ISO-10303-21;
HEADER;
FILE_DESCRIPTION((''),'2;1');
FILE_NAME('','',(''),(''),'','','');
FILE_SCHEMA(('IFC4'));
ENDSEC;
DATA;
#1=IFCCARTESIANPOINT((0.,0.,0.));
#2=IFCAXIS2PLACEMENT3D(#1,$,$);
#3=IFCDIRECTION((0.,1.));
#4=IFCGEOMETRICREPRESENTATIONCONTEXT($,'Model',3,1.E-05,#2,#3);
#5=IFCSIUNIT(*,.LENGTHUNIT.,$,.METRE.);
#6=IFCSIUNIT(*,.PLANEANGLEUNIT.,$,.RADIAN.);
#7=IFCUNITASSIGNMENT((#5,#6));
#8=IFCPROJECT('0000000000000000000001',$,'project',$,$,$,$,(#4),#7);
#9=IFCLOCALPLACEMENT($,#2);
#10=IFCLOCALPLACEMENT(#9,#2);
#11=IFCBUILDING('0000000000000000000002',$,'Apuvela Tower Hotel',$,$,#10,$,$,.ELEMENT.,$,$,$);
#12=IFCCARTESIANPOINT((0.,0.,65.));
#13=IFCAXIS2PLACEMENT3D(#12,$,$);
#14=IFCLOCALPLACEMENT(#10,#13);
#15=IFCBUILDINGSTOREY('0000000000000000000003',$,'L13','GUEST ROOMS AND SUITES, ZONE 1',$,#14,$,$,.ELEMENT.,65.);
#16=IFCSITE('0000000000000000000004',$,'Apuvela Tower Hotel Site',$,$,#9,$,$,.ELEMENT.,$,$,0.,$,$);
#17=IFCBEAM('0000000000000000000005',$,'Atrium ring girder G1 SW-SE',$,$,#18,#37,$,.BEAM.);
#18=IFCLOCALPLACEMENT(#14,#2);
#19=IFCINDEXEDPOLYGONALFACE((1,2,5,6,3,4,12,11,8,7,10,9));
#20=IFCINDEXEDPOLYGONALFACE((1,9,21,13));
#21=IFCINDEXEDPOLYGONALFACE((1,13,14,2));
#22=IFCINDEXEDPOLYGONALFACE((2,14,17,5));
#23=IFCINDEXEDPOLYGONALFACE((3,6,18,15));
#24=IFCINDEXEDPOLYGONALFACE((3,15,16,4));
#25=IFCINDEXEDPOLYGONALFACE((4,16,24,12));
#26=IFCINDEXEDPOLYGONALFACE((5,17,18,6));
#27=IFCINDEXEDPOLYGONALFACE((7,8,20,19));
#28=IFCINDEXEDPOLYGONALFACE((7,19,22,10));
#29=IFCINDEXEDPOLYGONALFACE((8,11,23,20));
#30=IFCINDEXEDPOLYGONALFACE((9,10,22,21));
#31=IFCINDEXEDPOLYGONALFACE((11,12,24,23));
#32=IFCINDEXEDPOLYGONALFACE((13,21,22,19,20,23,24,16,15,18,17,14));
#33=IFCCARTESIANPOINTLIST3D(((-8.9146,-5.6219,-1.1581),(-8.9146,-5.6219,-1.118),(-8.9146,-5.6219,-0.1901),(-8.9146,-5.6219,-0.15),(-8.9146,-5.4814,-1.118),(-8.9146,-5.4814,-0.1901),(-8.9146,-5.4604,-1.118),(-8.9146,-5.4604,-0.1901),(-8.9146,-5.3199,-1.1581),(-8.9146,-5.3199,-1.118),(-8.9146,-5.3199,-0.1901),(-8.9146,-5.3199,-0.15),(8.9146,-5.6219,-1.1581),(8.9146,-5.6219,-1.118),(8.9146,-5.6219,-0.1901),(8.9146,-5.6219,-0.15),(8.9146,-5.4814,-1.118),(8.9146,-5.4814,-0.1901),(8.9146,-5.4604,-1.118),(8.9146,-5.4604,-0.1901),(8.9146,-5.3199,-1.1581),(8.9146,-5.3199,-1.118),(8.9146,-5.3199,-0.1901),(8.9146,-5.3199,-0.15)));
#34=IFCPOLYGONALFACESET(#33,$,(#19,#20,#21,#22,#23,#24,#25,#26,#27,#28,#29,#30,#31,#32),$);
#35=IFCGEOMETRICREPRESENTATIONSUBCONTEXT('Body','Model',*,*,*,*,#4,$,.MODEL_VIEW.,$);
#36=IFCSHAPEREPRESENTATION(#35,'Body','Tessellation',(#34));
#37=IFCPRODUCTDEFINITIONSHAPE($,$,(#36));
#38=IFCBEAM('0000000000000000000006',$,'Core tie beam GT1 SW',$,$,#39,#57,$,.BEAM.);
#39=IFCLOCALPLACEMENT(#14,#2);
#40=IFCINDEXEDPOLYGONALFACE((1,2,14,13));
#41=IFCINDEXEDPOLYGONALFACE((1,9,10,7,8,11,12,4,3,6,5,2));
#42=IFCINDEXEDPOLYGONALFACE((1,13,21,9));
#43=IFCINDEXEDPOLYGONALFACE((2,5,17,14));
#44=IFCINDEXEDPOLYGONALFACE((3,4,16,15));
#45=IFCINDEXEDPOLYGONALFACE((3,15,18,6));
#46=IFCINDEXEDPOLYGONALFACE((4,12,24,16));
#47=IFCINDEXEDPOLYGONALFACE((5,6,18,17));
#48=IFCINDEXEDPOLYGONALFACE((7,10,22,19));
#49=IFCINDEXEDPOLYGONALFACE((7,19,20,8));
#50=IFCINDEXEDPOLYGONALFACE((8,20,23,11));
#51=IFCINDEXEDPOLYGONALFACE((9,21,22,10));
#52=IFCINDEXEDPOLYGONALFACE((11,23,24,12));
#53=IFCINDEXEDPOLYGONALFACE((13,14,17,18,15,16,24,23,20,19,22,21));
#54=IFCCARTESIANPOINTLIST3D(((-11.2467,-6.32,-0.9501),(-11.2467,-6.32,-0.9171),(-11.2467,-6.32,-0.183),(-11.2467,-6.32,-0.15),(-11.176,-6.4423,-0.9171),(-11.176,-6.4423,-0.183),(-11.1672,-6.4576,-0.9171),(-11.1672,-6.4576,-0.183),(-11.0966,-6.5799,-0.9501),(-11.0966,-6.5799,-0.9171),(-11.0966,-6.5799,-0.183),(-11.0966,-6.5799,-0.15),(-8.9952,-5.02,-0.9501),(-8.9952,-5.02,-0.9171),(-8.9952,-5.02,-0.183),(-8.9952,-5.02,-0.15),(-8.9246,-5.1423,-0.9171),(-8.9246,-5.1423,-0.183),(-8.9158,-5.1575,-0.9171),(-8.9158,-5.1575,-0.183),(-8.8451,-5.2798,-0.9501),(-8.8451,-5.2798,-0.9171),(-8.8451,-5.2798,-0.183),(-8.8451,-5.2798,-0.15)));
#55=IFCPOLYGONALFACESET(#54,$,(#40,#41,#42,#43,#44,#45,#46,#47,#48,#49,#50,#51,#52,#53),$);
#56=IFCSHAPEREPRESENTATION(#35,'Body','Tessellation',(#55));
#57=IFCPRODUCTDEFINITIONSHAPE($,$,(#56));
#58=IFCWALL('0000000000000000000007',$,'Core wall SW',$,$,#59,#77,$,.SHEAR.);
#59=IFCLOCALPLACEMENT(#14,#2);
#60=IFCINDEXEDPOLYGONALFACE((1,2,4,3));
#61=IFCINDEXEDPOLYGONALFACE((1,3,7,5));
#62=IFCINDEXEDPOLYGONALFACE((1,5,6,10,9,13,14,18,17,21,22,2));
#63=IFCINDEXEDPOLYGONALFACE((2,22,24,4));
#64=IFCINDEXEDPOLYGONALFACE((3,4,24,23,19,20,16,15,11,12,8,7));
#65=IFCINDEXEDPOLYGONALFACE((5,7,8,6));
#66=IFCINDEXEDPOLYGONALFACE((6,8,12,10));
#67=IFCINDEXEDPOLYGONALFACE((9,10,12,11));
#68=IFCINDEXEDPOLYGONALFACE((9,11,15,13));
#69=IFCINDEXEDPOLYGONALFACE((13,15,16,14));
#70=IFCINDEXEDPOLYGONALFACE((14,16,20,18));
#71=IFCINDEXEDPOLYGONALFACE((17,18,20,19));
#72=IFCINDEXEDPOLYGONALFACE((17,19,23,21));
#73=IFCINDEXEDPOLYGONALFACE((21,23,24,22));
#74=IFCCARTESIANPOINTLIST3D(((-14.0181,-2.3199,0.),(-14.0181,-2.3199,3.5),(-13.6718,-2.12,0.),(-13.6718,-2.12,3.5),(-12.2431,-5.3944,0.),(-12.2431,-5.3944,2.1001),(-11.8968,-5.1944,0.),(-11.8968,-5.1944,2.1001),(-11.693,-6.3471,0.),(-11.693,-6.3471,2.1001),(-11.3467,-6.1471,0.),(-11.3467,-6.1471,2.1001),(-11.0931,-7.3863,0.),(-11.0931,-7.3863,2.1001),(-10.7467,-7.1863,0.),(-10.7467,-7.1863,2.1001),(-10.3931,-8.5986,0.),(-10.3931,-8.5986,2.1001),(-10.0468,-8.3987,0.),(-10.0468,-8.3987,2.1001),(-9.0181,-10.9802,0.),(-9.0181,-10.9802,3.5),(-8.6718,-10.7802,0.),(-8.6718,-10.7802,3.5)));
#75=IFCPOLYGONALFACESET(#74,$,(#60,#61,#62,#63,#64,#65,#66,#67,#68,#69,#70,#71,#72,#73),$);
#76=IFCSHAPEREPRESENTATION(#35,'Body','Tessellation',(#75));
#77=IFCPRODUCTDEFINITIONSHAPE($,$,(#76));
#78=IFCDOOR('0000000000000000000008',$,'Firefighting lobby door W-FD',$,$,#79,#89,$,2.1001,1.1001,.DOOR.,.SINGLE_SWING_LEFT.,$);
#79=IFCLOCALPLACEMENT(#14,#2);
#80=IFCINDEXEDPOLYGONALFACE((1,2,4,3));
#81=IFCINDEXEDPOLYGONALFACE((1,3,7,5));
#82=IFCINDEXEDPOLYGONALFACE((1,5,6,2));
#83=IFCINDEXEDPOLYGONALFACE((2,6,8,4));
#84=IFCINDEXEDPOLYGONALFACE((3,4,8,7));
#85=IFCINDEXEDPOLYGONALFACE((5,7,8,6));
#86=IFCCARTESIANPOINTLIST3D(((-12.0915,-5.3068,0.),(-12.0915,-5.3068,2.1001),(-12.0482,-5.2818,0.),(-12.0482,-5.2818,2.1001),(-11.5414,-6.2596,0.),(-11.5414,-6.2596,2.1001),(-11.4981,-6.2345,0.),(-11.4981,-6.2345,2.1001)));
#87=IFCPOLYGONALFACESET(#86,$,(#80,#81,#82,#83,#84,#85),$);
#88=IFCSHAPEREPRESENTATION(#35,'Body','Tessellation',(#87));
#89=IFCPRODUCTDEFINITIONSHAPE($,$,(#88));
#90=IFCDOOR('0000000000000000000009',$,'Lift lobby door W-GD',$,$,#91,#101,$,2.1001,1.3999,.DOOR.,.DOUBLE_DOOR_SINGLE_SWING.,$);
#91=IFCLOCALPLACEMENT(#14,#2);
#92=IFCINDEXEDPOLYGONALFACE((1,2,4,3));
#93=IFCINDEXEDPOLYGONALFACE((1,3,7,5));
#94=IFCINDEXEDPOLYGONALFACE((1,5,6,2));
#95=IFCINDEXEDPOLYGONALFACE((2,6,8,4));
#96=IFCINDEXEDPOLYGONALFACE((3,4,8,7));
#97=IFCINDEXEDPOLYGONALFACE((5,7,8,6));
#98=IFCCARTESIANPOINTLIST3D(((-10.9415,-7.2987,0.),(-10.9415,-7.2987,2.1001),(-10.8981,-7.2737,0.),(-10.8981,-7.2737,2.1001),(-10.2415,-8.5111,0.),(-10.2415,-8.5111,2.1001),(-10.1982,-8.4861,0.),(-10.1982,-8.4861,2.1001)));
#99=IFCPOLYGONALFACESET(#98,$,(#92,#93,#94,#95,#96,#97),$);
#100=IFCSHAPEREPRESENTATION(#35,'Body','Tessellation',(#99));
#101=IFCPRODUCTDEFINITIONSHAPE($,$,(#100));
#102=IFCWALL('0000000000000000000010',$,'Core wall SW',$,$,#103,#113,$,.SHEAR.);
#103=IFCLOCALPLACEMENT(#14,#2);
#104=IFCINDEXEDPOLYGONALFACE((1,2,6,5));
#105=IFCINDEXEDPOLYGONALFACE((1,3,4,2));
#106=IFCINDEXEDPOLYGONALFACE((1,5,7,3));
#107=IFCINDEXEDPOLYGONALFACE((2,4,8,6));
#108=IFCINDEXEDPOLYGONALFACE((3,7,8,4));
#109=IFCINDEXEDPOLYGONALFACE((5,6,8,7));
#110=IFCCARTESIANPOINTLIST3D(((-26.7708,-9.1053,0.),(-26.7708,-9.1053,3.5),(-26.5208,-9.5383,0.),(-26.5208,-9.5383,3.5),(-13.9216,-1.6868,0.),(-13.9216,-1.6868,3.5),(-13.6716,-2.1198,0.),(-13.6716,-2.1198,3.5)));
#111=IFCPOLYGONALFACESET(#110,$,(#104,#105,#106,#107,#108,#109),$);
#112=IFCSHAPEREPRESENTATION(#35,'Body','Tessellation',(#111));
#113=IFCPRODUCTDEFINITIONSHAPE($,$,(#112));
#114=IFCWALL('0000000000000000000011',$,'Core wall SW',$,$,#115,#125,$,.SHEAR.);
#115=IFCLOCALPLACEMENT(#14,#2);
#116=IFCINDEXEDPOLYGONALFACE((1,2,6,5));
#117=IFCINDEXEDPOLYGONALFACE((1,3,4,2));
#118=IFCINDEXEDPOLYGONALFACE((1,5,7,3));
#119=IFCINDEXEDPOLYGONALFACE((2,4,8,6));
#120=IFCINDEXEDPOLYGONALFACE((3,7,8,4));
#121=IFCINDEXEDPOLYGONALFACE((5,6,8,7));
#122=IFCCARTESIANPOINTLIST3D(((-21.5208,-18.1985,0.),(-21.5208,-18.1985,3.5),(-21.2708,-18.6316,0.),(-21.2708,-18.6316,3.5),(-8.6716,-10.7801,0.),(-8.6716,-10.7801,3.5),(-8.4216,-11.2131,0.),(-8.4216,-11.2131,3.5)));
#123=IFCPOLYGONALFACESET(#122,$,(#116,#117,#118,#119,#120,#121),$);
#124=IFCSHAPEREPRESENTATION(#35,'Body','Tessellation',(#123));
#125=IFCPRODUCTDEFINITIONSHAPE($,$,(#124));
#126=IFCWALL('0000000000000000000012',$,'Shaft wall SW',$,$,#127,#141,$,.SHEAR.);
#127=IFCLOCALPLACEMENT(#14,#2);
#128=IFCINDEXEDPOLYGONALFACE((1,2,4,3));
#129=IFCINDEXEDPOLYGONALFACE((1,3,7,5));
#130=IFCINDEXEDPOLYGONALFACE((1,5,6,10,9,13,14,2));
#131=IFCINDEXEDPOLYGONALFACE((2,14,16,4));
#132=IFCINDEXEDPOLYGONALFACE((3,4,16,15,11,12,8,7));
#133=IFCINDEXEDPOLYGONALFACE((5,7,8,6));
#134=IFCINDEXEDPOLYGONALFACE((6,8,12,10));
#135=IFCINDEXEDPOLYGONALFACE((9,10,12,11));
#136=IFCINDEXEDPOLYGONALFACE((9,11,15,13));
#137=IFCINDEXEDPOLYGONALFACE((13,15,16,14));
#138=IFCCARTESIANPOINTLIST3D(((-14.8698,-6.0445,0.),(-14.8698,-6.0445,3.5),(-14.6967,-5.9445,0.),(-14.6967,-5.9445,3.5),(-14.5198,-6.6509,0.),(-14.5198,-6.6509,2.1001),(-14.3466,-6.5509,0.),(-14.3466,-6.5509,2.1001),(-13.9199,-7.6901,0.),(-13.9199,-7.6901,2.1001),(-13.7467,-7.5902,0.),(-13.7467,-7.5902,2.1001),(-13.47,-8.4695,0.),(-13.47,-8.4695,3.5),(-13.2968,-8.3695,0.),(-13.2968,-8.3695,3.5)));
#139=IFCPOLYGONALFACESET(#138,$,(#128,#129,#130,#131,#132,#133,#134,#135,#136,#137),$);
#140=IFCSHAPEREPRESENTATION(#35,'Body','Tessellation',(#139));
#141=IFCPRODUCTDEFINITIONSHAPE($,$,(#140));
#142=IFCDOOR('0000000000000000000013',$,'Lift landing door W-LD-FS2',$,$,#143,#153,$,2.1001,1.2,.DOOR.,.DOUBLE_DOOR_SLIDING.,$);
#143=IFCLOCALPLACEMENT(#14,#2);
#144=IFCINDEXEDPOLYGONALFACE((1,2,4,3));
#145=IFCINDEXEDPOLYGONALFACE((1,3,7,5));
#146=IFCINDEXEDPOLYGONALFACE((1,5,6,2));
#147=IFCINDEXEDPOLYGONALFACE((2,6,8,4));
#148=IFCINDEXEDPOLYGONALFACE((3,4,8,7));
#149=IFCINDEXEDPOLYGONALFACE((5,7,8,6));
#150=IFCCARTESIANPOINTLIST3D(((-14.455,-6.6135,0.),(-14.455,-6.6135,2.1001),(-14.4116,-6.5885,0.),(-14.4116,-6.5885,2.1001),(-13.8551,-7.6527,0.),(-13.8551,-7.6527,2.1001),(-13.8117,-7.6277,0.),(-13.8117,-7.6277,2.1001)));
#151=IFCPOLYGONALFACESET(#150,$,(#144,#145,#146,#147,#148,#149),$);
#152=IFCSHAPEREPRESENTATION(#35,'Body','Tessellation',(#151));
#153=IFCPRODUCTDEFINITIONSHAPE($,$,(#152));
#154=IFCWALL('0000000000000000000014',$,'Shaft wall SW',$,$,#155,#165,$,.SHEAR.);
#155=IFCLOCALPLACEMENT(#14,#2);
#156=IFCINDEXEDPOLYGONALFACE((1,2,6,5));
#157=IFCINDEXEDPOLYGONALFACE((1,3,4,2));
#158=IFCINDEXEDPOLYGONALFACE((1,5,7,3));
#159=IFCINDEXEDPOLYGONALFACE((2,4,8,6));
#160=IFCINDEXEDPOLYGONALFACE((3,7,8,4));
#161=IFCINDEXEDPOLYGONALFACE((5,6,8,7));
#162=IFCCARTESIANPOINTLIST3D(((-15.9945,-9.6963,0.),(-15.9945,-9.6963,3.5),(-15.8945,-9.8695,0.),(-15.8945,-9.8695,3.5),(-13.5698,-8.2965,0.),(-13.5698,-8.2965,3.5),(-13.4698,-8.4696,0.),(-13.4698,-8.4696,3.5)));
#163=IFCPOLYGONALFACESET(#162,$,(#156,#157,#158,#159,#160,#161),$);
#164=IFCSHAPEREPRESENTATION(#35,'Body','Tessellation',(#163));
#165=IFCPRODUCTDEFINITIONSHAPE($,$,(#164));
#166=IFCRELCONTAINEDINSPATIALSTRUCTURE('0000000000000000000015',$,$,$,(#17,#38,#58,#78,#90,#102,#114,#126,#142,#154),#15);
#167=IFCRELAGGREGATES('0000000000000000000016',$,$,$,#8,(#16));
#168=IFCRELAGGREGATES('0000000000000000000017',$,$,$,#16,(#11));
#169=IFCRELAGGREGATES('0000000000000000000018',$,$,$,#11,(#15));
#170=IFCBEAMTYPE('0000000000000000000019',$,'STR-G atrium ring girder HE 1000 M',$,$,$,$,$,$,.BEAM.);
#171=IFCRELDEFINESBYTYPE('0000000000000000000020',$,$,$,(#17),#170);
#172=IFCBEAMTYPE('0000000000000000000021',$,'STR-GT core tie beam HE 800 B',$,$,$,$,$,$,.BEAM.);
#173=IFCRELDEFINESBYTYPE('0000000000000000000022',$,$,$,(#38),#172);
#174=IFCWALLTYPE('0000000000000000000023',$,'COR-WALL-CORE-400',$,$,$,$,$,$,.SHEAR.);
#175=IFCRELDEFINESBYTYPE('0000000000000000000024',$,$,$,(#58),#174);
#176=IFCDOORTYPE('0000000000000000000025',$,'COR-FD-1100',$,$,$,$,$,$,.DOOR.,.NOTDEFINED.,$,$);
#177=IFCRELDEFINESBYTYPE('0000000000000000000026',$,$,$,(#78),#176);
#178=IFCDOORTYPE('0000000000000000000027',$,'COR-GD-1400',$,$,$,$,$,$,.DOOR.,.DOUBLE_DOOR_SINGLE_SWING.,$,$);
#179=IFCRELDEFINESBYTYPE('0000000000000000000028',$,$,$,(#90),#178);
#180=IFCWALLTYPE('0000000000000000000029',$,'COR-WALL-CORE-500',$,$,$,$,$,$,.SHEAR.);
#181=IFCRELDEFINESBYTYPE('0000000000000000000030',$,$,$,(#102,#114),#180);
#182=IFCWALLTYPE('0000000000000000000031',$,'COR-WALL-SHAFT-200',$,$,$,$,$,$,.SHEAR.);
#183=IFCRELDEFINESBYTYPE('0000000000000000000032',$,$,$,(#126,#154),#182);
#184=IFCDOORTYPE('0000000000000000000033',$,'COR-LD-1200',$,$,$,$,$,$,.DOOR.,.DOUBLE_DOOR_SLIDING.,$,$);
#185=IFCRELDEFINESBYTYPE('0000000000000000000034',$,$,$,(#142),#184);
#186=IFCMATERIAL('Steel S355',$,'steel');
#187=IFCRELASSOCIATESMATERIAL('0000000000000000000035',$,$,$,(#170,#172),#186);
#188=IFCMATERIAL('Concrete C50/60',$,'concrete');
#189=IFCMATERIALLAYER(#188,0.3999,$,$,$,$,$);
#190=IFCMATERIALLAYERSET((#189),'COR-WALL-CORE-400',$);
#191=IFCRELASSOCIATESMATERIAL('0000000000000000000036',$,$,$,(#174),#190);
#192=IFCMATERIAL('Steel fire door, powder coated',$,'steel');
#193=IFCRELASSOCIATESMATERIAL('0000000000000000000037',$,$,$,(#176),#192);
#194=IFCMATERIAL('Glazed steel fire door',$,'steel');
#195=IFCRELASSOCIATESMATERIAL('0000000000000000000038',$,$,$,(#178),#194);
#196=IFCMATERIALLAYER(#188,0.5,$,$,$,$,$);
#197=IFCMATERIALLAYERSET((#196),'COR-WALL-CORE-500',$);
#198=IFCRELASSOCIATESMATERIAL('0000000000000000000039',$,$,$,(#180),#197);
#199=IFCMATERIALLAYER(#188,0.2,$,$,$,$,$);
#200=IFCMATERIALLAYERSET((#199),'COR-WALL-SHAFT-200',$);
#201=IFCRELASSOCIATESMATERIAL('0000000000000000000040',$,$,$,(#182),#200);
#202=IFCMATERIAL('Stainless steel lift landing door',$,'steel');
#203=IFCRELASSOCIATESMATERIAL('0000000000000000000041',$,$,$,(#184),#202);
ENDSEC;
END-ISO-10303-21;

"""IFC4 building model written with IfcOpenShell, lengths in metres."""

from ifc_helpers import new_model, si_unit, direction, frame, frame_2d, origin, origin_2d, place, context, subcontext, project, spatial, rectangle, i_section, extrude, material, layer, layer_set, material_profile, profile_set, type_object, element, fill, save


model = new_model("IFC4")

# Units and contexts
model_context = context("Model", 3, precision=1e-05, world=origin(), true_north=direction((0.0, 1.0)))
body_context = subcontext(model_context, "Body", "Model", "MODEL_VIEW")
ifc_project = project(units=[si_unit("LENGTHUNIT", "METRE"), si_unit("PLANEANGLEUNIT", "RADIAN")], contexts=[model_context])

# Site, building, storey
site_placement = place(None, origin())
site = spatial("IfcSite", under=ifc_project, at=site_placement, Name="Apuvela Tower Hotel Site", CompositionType="ELEMENT", RefElevation=0.0)
building_placement = place(site_placement, origin())
building = spatial("IfcBuilding", under=site, at=building_placement, Name="Apuvela Tower Hotel", CompositionType="ELEMENT")
storey_placement = place(building_placement, frame((0.0, 0.0, 65.0)))
storey = spatial("IfcBuildingStorey", under=building, at=storey_placement, Name="L13", Description="GUEST ROOMS AND SUITES, ZONE 1", CompositionType="ELEMENT", Elevation=65.0)

# Beams
ifc_material_1 = material(Name="Steel S355", Category="steel")
ifc_material_profile_1 = material_profile(ifc_material_1, i_section(OverallWidth=0.302, OverallDepth=1.0081, WebThickness=0.021, FlangeThickness=0.04, at=origin_2d()), Name="HE 1000 M")
ifc_profile_set_1 = profile_set([ifc_material_profile_1], Name="Steel S355")
beam_type_1 = type_object("IfcBeamType", Name="STR-G atrium ring girder HE 1000 M", PredefinedType="BEAM", material=ifc_profile_set_1)
beam_1_placement = place(storey_placement, frame((-8.9146, -5.4709, -0.6541), z_axis=(1.0, 0.0, 0.0), x_axis=(0.0, 1.0, 0.0)))
element("IfcBeam", 1, at=beam_1_placement, inside=storey, type_object=beam_type_1, Name="Atrium ring girder G1 SW-SE", PredefinedType="BEAM", context=body_context, shape_type="SweptSolid", body=[
    extrude(i_section(OverallWidth=0.302, OverallDepth=1.0081, WebThickness=0.021, FlangeThickness=0.04, at=origin_2d()), origin(), (0.0, 0.0, 1.0), 17.8291),
])
ifc_material_profile_2 = material_profile(ifc_material_1, i_section(OverallWidth=0.3, OverallDepth=0.8, WebThickness=0.0176, FlangeThickness=0.033, at=origin_2d()), Name="HE 800 B")
ifc_profile_set_2 = profile_set([ifc_material_profile_2], Name="Steel S355")
beam_type_2 = type_object("IfcBeamType", Name="STR-GT core tie beam HE 800 B", PredefinedType="BEAM", material=ifc_profile_set_2)
beam_2_placement = place(storey_placement, frame((-11.1716, -6.45, -0.55), z_axis=(0.865998, 0.500048, 0.0), x_axis=(-0.500048, 0.865998, 0.0)))
element("IfcBeam", 2, at=beam_2_placement, inside=storey, type_object=beam_type_2, Name="Core tie beam GT1 SW", PredefinedType="BEAM", context=body_context, shape_type="SweptSolid", body=[
    extrude(i_section(OverallWidth=0.3, OverallDepth=0.8, WebThickness=0.0176, FlangeThickness=0.033, at=origin_2d()), origin(), (0.0, 0.0, 1.0), 2.5999),
])

# Wall, openings, doors
ifc_material_2 = material(Name="Concrete C50/60", Category="concrete")
ifc_layer_1 = layer(ifc_material_2, 0.3999)
ifc_layer_set_1 = layer_set([ifc_layer_1], Name="COR-WALL-CORE-400")
wall_type_1 = type_object("IfcWallType", Name="COR-WALL-CORE-400", PredefinedType="SHEAR", material=ifc_layer_set_1)
wall_1_placement = place(storey_placement, frame((-13.845, -2.22, 0.0), z_axis=(0.0, 0.0, 1.0), x_axis=(0.500004, -0.866023, 0.0)))
wall_1 = element("IfcWall", 3, at=wall_1_placement, inside=storey, type_object=wall_type_1, Name="Core wall SW", PredefinedType="SHEAR", context=body_context, shape_type="SweptSolid", body=[
    extrude(rectangle(XDim=10.0, YDim=0.3999, at=frame_2d((5.0, 0.0))), origin(), (0.0, 0.0, 1.0), 3.5),
])
opening_1_placement = place(wall_1_placement, frame((3.55, 0.0, 0.0)))
opening_1 = element("IfcOpeningElement", 4, at=opening_1_placement, cuts=wall_1, PredefinedType="OPENING", context=body_context, shape_type="SweptSolid", body=[
    extrude(rectangle(XDim=1.1001, YDim=2.1001, at=frame_2d((0.55, 1.05))), frame((0.0, 0.21, 0.0), z_axis=(0.0, -1.0, 0.0), x_axis=(1.0, 0.0, 0.0)), (0.0, 0.0, 1.0), 0.4199),
])
opening_2_placement = place(wall_1_placement, frame((5.8501, 0.0, 0.0)))
opening_2 = element("IfcOpeningElement", 5, at=opening_2_placement, cuts=wall_1, PredefinedType="OPENING", context=body_context, shape_type="SweptSolid", body=[
    extrude(rectangle(XDim=1.3999, YDim=2.1001, at=frame_2d((0.7, 1.05))), frame((0.0, 0.21, 0.0), z_axis=(0.0, -1.0, 0.0), x_axis=(1.0, 0.0, 0.0)), (0.0, 0.0, 1.0), 0.4199),
])
ifc_material_3 = material(Name="Steel fire door, powder coated", Category="steel")
door_type_1 = type_object("IfcDoorType", Name="COR-FD-1100", OperationType="NOTDEFINED", PredefinedType="DOOR", material=ifc_material_3)
door_1_placement = place(opening_1_placement, frame((1.1001, 0.0, 0.0), z_axis=(0.0, 0.0, 1.0), x_axis=(-1.0, 0.0, 0.0)))
door_1 = element("IfcDoor", 6, at=door_1_placement, inside=storey, type_object=door_type_1, Name="Firefighting lobby door W-FD", OperationType="SINGLE_SWING_LEFT", OverallHeight=2.1001, OverallWidth=1.1001, PredefinedType="DOOR", context=body_context, shape_type="SweptSolid", body=[
    extrude(rectangle(XDim=1.1001, YDim=2.1001, at=frame_2d((0.55, 1.05))), frame((0.0, 0.0249, 0.0), z_axis=(0.0, -1.0, 0.0), x_axis=(1.0, 0.0, 0.0)), (0.0, 0.0, 1.0), 0.05),
])
fill(opening_1, door_1)
ifc_material_4 = material(Name="Glazed steel fire door", Category="steel")
door_type_2 = type_object("IfcDoorType", Name="COR-GD-1400", OperationType="DOUBLE_DOOR_SINGLE_SWING", PredefinedType="DOOR", material=ifc_material_4)
door_2_placement = place(opening_2_placement, frame((1.3999, 0.0, 0.0), z_axis=(0.0, 0.0, 1.0), x_axis=(-1.0, 0.0, 0.0)))
door_2 = element("IfcDoor", 7, at=door_2_placement, inside=storey, type_object=door_type_2, Name="Lift lobby door W-GD", OperationType="DOUBLE_DOOR_SINGLE_SWING", OverallHeight=2.1001, OverallWidth=1.3999, PredefinedType="DOOR", context=body_context, shape_type="SweptSolid", body=[
    extrude(rectangle(XDim=1.3999, YDim=2.1001, at=frame_2d((0.7, 1.05))), frame((0.0, 0.0249, 0.0), z_axis=(0.0, -1.0, 0.0), x_axis=(1.0, 0.0, 0.0)), (0.0, 0.0, 1.0), 0.05),
])
fill(opening_2, door_2)

# Walls
ifc_layer_2 = layer(ifc_material_2, 0.5)
ifc_layer_set_2 = layer_set([ifc_layer_2], Name="COR-WALL-CORE-500")
wall_type_2 = type_object("IfcWallType", Name="COR-WALL-CORE-500", PredefinedType="SHEAR", material=ifc_layer_set_2)
for number, where, z_axis, x_axis, name in (
    (8, (-13.7966, -1.9033, 0.0), (0.0, 0.0, 1.0), (-0.866025, -0.500001, 0.0), "Core wall SW"),
    (9, (-8.5466, -10.9966, 0.0), (0.0, 0.0, 1.0), (-0.866025, -0.500001, 0.0), "Core wall SW"),
):
    element("IfcWall", number, at=place(storey_placement, frame(where, z_axis=z_axis, x_axis=x_axis)), inside=storey, type_object=wall_type_2, Name=name, PredefinedType="SHEAR", context=body_context, shape_type="SweptSolid", body=[
        extrude(rectangle(XDim=14.8369, YDim=0.5, at=frame_2d((7.4185, 0.0))), origin(), (0.0, 0.0, 1.0), 3.5),
    ])

# Wall, opening, door
ifc_layer_3 = layer(ifc_material_2, 0.2)
ifc_layer_set_3 = layer_set([ifc_layer_3], Name="COR-WALL-SHAFT-200")
wall_type_3 = type_object("IfcWallType", Name="COR-WALL-SHAFT-200", PredefinedType="SHEAR", material=ifc_layer_set_3)
wall_2_placement = place(storey_placement, frame((-14.7832, -5.9946, 0.0), z_axis=(0.0, 0.0, 1.0), x_axis=(0.499946, -0.866056, 0.0)))
wall_2 = element("IfcWall", 10, at=wall_2_placement, inside=storey, type_object=wall_type_3, Name="Shaft wall SW", PredefinedType="SHEAR", context=body_context, shape_type="SweptSolid", body=[
    extrude(rectangle(XDim=2.8, YDim=0.2, at=frame_2d((1.3999, 0.0))), origin(), (0.0, 0.0, 1.0), 3.5),
])
opening_3_placement = place(wall_2_placement, frame((0.7, 0.0, 0.0)))
opening_3 = element("IfcOpeningElement", 11, at=opening_3_placement, cuts=wall_2, PredefinedType="OPENING", context=body_context, shape_type="SweptSolid", body=[
    extrude(rectangle(XDim=1.2, YDim=2.1001, at=frame_2d((0.6001, 1.05))), frame((0.0, 0.1099, 0.0), z_axis=(0.0, -1.0, 0.0), x_axis=(1.0, 0.0, 0.0)), (0.0, 0.0, 1.0), 0.22),
])
ifc_material_5 = material(Name="Stainless steel lift landing door", Category="steel")
door_type_3 = type_object("IfcDoorType", Name="COR-LD-1200", OperationType="DOUBLE_DOOR_SLIDING", PredefinedType="DOOR", material=ifc_material_5)
door_3_placement = place(opening_3_placement, origin())
door_3 = element("IfcDoor", 12, at=door_3_placement, inside=storey, type_object=door_type_3, Name="Lift landing door W-LD-FS2", OperationType="DOUBLE_DOOR_SLIDING", OverallHeight=2.1001, OverallWidth=1.2, PredefinedType="DOOR", context=body_context, shape_type="SweptSolid", body=[
    extrude(rectangle(XDim=1.2, YDim=2.1001, at=frame_2d((0.6001, 1.05))), frame((0.0, 0.0249, 0.0), z_axis=(0.0, -1.0, 0.0), x_axis=(1.0, 0.0, 0.0)), (0.0, 0.0, 1.0), 0.05),
])
fill(opening_3, door_3)

# Wall
wall_3_placement = place(storey_placement, frame((-13.5198, -8.3831, 0.0), z_axis=(0.0, 0.0, 1.0), x_axis=(-0.866035, -0.499984, 0.0)))
element("IfcWall", 13, at=wall_3_placement, inside=storey, type_object=wall_type_3, Name="Shaft wall SW", PredefinedType="SHEAR", context=body_context, shape_type="SweptSolid", body=[
    extrude(rectangle(XDim=2.7998, YDim=0.2, at=frame_2d((1.3999, 0.0))), origin(), (0.0, 0.0, 1.0), 3.5),
])

save(model, "model.ifc")
